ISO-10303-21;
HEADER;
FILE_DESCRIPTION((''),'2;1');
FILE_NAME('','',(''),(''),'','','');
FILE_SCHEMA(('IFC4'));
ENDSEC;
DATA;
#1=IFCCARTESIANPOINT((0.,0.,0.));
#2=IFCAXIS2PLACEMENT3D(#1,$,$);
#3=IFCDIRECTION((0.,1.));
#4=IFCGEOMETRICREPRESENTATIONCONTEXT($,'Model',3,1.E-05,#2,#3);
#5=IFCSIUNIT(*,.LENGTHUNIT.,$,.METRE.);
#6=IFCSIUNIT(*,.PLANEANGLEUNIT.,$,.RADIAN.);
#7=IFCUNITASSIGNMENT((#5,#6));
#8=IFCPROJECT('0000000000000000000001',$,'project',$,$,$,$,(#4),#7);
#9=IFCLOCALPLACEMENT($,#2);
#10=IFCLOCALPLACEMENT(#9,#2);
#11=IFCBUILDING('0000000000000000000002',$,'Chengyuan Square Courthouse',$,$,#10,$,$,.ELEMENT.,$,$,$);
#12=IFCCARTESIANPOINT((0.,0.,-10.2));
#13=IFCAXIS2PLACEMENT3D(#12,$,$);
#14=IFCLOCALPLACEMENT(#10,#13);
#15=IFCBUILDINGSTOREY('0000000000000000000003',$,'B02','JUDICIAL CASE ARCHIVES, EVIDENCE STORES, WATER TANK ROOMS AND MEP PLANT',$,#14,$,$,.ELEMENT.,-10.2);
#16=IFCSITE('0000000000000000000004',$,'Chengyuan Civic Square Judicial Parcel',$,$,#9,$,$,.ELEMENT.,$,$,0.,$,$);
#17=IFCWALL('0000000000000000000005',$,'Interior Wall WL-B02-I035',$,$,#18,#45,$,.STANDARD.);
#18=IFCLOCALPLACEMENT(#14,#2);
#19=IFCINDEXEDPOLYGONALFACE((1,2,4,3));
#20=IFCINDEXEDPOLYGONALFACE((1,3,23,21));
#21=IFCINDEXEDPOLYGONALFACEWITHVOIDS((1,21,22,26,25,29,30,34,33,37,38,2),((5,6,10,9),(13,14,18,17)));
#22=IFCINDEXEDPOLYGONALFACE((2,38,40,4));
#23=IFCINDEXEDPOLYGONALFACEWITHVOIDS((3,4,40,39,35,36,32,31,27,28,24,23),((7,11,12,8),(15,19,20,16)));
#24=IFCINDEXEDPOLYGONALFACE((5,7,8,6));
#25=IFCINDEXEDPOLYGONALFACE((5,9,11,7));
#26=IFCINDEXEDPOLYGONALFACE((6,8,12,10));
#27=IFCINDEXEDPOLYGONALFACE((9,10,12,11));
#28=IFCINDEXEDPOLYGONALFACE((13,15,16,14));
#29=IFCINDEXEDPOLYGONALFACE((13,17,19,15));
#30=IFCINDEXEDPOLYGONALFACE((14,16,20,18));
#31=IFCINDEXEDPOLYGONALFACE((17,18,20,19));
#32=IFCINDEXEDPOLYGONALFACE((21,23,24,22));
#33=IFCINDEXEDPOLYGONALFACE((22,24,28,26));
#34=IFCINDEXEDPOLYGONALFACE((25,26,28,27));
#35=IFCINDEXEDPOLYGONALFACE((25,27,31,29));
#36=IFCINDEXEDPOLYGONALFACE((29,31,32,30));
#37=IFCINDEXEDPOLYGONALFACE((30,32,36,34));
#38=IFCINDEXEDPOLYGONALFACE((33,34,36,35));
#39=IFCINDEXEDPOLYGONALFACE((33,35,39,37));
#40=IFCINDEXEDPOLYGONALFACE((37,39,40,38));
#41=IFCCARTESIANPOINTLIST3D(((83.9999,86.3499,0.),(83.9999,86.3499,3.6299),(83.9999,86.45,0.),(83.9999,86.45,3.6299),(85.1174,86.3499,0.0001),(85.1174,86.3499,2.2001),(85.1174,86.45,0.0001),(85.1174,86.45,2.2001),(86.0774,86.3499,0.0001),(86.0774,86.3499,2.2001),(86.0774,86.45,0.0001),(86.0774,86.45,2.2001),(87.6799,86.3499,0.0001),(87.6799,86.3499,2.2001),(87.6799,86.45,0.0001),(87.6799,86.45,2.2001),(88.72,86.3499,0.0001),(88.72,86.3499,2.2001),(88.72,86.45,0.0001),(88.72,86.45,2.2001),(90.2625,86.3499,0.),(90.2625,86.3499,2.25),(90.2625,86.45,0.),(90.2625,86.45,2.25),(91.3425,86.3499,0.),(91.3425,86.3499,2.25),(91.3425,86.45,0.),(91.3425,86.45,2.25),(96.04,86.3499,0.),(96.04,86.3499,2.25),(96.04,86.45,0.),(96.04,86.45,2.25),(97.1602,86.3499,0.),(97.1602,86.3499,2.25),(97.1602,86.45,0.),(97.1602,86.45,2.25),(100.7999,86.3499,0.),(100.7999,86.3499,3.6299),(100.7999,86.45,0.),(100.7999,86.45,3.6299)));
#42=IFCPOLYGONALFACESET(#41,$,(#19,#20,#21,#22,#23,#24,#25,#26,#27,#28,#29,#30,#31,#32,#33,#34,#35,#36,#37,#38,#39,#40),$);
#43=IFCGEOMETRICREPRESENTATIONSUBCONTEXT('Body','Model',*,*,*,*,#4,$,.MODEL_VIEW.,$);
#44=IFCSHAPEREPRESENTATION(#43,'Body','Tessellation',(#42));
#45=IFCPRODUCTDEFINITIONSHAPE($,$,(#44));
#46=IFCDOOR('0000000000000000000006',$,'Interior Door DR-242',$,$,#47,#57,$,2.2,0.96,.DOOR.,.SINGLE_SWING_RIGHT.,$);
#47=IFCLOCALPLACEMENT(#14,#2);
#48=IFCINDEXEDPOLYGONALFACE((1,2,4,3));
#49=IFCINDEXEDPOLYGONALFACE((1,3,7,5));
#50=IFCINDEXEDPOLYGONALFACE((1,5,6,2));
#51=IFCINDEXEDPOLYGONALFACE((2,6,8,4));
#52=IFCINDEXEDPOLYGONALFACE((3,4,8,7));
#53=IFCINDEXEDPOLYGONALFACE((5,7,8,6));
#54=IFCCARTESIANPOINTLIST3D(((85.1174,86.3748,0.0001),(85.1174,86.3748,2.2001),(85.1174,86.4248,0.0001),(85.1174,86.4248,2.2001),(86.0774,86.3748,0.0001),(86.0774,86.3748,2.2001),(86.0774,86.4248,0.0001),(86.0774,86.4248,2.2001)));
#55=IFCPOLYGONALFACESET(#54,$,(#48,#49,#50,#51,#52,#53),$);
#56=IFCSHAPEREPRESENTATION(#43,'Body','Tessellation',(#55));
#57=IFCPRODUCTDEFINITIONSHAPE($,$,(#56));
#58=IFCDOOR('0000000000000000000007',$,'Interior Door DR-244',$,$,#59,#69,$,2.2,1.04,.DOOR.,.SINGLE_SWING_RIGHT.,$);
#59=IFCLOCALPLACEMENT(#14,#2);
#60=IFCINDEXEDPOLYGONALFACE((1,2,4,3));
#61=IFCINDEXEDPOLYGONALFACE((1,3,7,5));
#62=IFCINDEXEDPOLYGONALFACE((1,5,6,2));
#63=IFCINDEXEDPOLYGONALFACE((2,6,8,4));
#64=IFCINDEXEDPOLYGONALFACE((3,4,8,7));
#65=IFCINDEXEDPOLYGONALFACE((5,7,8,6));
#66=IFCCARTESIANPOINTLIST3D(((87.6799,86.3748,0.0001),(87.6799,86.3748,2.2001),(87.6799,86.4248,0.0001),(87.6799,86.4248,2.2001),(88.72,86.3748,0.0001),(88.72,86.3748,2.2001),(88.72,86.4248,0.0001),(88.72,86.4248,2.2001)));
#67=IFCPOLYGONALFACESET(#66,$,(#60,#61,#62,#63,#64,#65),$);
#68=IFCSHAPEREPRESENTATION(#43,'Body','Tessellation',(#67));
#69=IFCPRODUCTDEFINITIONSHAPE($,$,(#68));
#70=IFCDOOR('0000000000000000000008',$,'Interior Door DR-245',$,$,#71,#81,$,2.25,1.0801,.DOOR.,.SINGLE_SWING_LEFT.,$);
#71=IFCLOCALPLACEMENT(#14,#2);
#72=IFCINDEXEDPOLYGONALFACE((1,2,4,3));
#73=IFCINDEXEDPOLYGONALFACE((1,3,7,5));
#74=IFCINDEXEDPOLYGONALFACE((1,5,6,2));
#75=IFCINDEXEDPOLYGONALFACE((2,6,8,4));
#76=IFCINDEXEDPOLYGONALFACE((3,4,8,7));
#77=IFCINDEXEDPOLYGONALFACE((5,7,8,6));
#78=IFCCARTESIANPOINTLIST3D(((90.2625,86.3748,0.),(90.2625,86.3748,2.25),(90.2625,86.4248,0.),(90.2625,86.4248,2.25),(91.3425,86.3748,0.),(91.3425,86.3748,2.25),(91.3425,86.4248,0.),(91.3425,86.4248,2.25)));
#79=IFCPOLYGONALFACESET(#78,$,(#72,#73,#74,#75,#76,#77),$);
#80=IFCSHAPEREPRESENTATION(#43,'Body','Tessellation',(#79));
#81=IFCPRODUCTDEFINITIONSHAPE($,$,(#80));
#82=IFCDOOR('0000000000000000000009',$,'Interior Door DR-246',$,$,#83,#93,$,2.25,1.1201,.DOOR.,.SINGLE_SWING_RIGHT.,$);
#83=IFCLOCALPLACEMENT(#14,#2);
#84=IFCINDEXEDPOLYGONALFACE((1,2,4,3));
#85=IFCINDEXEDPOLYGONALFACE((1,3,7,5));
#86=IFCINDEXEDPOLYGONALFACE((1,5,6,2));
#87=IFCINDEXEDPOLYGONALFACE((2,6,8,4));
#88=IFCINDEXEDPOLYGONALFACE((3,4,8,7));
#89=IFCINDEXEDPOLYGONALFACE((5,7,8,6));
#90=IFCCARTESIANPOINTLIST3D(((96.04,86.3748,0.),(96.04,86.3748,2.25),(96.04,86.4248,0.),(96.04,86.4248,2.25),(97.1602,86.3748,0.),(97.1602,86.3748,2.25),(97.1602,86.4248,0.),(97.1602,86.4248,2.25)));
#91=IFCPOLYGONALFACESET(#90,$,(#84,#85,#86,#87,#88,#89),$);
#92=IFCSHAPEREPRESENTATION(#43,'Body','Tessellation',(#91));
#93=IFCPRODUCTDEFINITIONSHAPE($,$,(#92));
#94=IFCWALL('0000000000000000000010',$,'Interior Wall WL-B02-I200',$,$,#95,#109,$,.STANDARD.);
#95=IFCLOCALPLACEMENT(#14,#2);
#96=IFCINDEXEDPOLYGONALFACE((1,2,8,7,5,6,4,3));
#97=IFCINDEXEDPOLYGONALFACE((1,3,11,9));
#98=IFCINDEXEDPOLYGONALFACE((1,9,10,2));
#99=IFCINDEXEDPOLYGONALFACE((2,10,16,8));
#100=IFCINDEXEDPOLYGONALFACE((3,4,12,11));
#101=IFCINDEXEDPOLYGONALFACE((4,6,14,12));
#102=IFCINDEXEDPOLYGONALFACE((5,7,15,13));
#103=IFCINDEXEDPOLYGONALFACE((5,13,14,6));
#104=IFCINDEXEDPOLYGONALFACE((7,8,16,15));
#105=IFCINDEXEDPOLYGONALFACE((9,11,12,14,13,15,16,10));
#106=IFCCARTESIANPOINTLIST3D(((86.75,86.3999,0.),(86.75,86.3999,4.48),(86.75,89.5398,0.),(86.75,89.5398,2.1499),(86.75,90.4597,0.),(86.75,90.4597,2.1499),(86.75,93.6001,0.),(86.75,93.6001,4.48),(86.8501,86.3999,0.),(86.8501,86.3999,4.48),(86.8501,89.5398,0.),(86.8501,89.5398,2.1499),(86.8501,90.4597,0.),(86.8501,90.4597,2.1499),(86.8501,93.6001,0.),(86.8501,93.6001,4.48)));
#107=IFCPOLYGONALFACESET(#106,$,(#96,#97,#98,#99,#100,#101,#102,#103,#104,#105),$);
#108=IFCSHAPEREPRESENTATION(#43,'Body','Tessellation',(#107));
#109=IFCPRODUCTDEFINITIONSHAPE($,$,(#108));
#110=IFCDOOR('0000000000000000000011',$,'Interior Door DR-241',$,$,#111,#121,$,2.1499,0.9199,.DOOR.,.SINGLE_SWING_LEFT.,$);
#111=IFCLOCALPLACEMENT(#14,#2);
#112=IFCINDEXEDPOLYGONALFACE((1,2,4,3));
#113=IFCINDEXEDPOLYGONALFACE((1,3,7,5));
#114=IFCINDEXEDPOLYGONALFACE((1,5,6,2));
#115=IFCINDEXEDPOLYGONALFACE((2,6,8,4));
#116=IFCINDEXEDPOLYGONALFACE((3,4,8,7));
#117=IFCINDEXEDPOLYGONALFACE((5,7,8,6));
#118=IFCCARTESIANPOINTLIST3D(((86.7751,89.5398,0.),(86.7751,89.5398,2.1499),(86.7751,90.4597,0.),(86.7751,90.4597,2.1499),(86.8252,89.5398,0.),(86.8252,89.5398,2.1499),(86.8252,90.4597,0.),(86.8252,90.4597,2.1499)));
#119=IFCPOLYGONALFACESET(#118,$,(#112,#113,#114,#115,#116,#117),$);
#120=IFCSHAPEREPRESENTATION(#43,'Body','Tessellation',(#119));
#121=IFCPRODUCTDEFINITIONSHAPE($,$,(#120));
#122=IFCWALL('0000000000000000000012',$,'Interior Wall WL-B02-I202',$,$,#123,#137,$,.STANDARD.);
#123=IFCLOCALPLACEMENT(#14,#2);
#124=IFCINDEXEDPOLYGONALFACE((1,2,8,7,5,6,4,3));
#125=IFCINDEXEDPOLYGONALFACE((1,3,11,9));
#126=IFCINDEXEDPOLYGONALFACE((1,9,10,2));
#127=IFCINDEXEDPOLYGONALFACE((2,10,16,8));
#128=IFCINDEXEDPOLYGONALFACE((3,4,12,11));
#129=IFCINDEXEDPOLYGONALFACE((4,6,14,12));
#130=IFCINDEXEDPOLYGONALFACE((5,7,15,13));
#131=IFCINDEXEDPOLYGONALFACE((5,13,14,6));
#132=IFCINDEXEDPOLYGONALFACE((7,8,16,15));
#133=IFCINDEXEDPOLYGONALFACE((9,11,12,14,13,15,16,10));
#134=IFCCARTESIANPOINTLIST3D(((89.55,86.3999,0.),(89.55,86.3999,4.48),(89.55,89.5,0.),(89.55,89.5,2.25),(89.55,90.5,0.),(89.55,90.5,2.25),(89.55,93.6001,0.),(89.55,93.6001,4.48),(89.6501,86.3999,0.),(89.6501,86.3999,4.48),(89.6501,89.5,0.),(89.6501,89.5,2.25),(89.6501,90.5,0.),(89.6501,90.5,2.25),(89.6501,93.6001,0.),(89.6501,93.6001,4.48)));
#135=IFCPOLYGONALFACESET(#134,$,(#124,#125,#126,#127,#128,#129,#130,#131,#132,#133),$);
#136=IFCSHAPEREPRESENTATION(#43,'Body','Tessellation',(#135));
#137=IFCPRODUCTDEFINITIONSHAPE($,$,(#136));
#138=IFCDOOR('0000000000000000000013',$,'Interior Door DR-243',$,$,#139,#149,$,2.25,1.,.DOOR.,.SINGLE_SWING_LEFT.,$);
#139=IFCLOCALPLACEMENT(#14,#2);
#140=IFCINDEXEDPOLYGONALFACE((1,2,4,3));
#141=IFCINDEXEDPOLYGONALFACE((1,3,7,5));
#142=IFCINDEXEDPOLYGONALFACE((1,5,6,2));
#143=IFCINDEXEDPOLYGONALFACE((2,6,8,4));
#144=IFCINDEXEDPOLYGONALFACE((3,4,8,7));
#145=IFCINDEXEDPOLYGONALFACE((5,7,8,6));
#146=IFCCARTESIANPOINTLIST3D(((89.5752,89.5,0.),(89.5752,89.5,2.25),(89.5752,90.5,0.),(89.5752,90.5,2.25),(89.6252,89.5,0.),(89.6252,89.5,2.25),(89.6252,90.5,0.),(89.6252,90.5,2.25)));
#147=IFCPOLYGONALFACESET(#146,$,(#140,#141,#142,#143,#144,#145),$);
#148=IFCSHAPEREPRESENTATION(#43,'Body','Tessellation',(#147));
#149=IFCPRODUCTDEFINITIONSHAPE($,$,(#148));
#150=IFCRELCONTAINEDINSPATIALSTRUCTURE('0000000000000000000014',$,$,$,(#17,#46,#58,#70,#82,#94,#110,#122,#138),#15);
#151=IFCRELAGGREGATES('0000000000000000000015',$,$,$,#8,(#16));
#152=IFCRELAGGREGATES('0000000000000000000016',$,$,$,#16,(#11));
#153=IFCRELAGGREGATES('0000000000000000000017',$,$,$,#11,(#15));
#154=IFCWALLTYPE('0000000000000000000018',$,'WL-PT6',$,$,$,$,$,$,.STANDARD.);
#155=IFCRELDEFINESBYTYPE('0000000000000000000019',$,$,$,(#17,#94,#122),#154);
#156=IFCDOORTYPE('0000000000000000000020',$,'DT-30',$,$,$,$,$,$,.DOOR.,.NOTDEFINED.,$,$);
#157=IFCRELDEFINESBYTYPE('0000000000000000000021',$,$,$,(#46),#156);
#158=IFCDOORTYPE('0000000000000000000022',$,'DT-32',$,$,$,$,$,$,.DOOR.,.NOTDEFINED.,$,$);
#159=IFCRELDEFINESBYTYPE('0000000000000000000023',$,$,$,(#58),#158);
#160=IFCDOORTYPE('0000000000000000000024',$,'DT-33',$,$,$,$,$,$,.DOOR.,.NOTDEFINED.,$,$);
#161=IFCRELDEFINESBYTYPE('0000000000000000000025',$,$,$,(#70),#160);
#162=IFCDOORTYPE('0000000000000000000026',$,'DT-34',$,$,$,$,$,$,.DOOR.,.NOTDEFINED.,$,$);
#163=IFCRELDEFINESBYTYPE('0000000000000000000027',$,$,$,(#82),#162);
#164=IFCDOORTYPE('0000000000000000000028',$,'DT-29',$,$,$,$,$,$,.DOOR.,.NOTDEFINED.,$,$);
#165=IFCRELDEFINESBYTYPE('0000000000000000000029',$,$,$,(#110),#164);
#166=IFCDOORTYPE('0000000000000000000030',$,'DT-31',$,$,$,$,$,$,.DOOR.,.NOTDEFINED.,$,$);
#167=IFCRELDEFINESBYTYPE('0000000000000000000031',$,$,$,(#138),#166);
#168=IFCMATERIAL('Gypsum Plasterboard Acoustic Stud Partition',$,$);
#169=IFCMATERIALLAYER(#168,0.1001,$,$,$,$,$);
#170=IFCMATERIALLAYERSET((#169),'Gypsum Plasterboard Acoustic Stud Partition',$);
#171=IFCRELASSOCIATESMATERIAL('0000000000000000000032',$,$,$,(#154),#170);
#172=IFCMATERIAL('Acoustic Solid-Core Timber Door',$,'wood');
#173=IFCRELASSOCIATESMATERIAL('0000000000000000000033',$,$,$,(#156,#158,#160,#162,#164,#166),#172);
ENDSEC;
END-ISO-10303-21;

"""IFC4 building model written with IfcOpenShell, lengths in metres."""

from ifc_helpers import new_model, si_unit, direction, frame, frame_2d, origin, place, context, subcontext, project, spatial, rectangle, extrude, material, layer, layer_set, type_object, element, fill, save


model = new_model("IFC4")

# Units and contexts
model_context = context("Model", 3, precision=1e-05, world=origin(), true_north=direction((0.0, 1.0)))
body_context = subcontext(model_context, "Body", "Model", "MODEL_VIEW")
ifc_project = project(units=[si_unit("LENGTHUNIT", "METRE"), si_unit("PLANEANGLEUNIT", "RADIAN")], contexts=[model_context])

# Site, building, storey
site_placement = place(None, origin())
site = spatial("IfcSite", under=ifc_project, at=site_placement, Name="Chengyuan Civic Square Judicial Parcel", CompositionType="ELEMENT", RefElevation=0.0)
building_placement = place(site_placement, origin())
building = spatial("IfcBuilding", under=site, at=building_placement, Name="Chengyuan Square Courthouse", CompositionType="ELEMENT")
storey_placement = place(building_placement, frame((0.0, 0.0, -10.2)))
storey = spatial("IfcBuildingStorey", under=building, at=storey_placement, Name="B02", Description="JUDICIAL CASE ARCHIVES, EVIDENCE STORES, WATER TANK ROOMS AND MEP PLANT", CompositionType="ELEMENT", Elevation=-10.2)

# Wall, openings, doors
ifc_material_1 = material(Name="Gypsum Plasterboard Acoustic Stud Partition")
ifc_layer = layer(ifc_material_1, 0.1001)
ifc_layer_set = layer_set([ifc_layer], Name="Gypsum Plasterboard Acoustic Stud Partition")
wall_type = type_object("IfcWallType", Name="WL-PT6", PredefinedType="STANDARD", material=ifc_layer_set)
wall_1_placement = place(storey_placement, frame((84.0, 86.3999, 0.0), z_axis=(0.0, 0.0, 1.0), x_axis=(1.0, 0.0, 0.0)))
wall_1 = element("IfcWall", 1, at=wall_1_placement, inside=storey, type_object=wall_type, Name="Interior Wall WL-B02-I035", PredefinedType="STANDARD", context=body_context, shape_type="SweptSolid", body=[
    extrude(rectangle(XDim=16.8, YDim=0.1001, at=frame_2d((8.3999, 0.0))), origin(), (0.0, 0.0, 1.0), 3.6299),
])
opening_1_placement = place(wall_1_placement, frame((1.1174, 0.0, 0.0)))
opening_1 = element("IfcOpeningElement", 2, at=opening_1_placement, cuts=wall_1, PredefinedType="OPENING", context=body_context, shape_type="SweptSolid", body=[
    extrude(rectangle(XDim=0.96, YDim=2.2, at=frame_2d((0.48, 1.1001))), frame((0.0, 0.062, 0.0), z_axis=(0.0, -1.0, 0.0), x_axis=(1.0, 0.0, 0.0)), (0.0, 0.0, 1.0), 0.124),
])
opening_2_placement = place(wall_1_placement, frame((3.6799, 0.0, 0.0)))
opening_2 = element("IfcOpeningElement", 3, at=opening_2_placement, cuts=wall_1, PredefinedType="OPENING", context=body_context, shape_type="SweptSolid", body=[
    extrude(rectangle(XDim=1.04, YDim=2.2, at=frame_2d((0.52, 1.1001))), frame((0.0, 0.062, 0.0), z_axis=(0.0, -1.0, 0.0), x_axis=(1.0, 0.0, 0.0)), (0.0, 0.0, 1.0), 0.124),
])
opening_3_placement = place(wall_1_placement, frame((6.2625, 0.0, 0.0)))
opening_3 = element("IfcOpeningElement", 4, at=opening_3_placement, cuts=wall_1, PredefinedType="OPENING", context=body_context, shape_type="SweptSolid", body=[
    extrude(rectangle(XDim=1.0801, YDim=2.25, at=frame_2d((0.54, 1.125))), frame((0.0, 0.062, 0.0), z_axis=(0.0, -1.0, 0.0), x_axis=(1.0, 0.0, 0.0)), (0.0, 0.0, 1.0), 0.124),
])
opening_4_placement = place(wall_1_placement, frame((12.04, 0.0, 0.0)))
opening_4 = element("IfcOpeningElement", 5, at=opening_4_placement, cuts=wall_1, PredefinedType="OPENING", context=body_context, shape_type="SweptSolid", body=[
    extrude(rectangle(XDim=1.1201, YDim=2.25, at=frame_2d((0.5601, 1.125))), frame((0.0, 0.062, 0.0), z_axis=(0.0, -1.0, 0.0), x_axis=(1.0, 0.0, 0.0)), (0.0, 0.0, 1.0), 0.124),
])
ifc_material_2 = material(Name="Acoustic Solid-Core Timber Door", Category="wood")
door_type_1 = type_object("IfcDoorType", Name="DT-30", OperationType="NOTDEFINED", PredefinedType="DOOR", material=ifc_material_2)
door_1_placement = place(opening_1_placement, origin())
door_1 = element("IfcDoor", 6, at=door_1_placement, inside=storey, type_object=door_type_1, Name="Interior Door DR-242", OperationType="SINGLE_SWING_RIGHT", OverallHeight=2.2, OverallWidth=0.96, PredefinedType="DOOR", context=body_context, shape_type="SweptSolid", body=[
    extrude(rectangle(XDim=0.96, YDim=2.2, at=frame_2d((0.48, 1.1001))), frame((0.0, 0.0249, 0.0), z_axis=(0.0, -1.0, 0.0), x_axis=(1.0, 0.0, 0.0)), (0.0, 0.0, 1.0), 0.05),
])
fill(opening_1, door_1)
door_type_2 = type_object("IfcDoorType", Name="DT-32", OperationType="NOTDEFINED", PredefinedType="DOOR", material=ifc_material_2)
door_2_placement = place(opening_2_placement, origin())
door_2 = element("IfcDoor", 7, at=door_2_placement, inside=storey, type_object=door_type_2, Name="Interior Door DR-244", OperationType="SINGLE_SWING_RIGHT", OverallHeight=2.2, OverallWidth=1.04, PredefinedType="DOOR", context=body_context, shape_type="SweptSolid", body=[
    extrude(rectangle(XDim=1.04, YDim=2.2, at=frame_2d((0.52, 1.1001))), frame((0.0, 0.0249, 0.0), z_axis=(0.0, -1.0, 0.0), x_axis=(1.0, 0.0, 0.0)), (0.0, 0.0, 1.0), 0.05),
])
fill(opening_2, door_2)
door_type_3 = type_object("IfcDoorType", Name="DT-33", OperationType="NOTDEFINED", PredefinedType="DOOR", material=ifc_material_2)
door_3_placement = place(opening_3_placement, origin())
door_3 = element("IfcDoor", 8, at=door_3_placement, inside=storey, type_object=door_type_3, Name="Interior Door DR-245", OperationType="SINGLE_SWING_LEFT", OverallHeight=2.25, OverallWidth=1.0801, PredefinedType="DOOR", context=body_context, shape_type="SweptSolid", body=[
    extrude(rectangle(XDim=1.0801, YDim=2.25, at=frame_2d((0.54, 1.125))), frame((0.0, 0.0249, 0.0), z_axis=(0.0, -1.0, 0.0), x_axis=(1.0, 0.0, 0.0)), (0.0, 0.0, 1.0), 0.05),
])
fill(opening_3, door_3)
door_type_4 = type_object("IfcDoorType", Name="DT-34", OperationType="NOTDEFINED", PredefinedType="DOOR", material=ifc_material_2)
door_4_placement = place(opening_4_placement, origin())
door_4 = element("IfcDoor", 9, at=door_4_placement, inside=storey, type_object=door_type_4, Name="Interior Door DR-246", OperationType="SINGLE_SWING_RIGHT", OverallHeight=2.25, OverallWidth=1.1201, PredefinedType="DOOR", context=body_context, shape_type="SweptSolid", body=[
    extrude(rectangle(XDim=1.1201, YDim=2.25, at=frame_2d((0.5601, 1.125))), frame((0.0, 0.0249, 0.0), z_axis=(0.0, -1.0, 0.0), x_axis=(1.0, 0.0, 0.0)), (0.0, 0.0, 1.0), 0.05),
])
fill(opening_4, door_4)

# Walls, openings, doors
wall_2_placement = place(storey_placement, frame((86.8, 86.3999, 0.0), z_axis=(0.0, 0.0, 1.0), x_axis=(0.0, 1.0, 0.0)))
wall_2 = element("IfcWall", 10, at=wall_2_placement, inside=storey, type_object=wall_type, Name="Interior Wall WL-B02-I200", PredefinedType="STANDARD", context=body_context, shape_type="SweptSolid", body=[
    extrude(rectangle(XDim=7.2002, YDim=0.1001, at=frame_2d((3.6001, 0.0))), origin(), (0.0, 0.0, 1.0), 4.48),
])
opening_5_placement = place(wall_2_placement, frame((3.1399, 0.0, 0.0)))
opening_5 = element("IfcOpeningElement", 11, at=opening_5_placement, cuts=wall_2, PredefinedType="OPENING", context=body_context, shape_type="SweptSolid", body=[
    extrude(rectangle(XDim=0.9199, YDim=2.1499, at=frame_2d((0.46, 1.075))), frame((0.0, 0.062, 0.0), z_axis=(0.0, -1.0, 0.0), x_axis=(1.0, 0.0, 0.0)), (0.0, 0.0, 1.0), 0.124),
])
door_type_5 = type_object("IfcDoorType", Name="DT-29", OperationType="NOTDEFINED", PredefinedType="DOOR", material=ifc_material_2)
door_5_placement = place(opening_5_placement, origin())
door_5 = element("IfcDoor", 12, at=door_5_placement, inside=storey, type_object=door_type_5, Name="Interior Door DR-241", OperationType="SINGLE_SWING_LEFT", OverallHeight=2.1499, OverallWidth=0.9199, PredefinedType="DOOR", context=body_context, shape_type="SweptSolid", body=[
    extrude(rectangle(XDim=0.9199, YDim=2.1499, at=frame_2d((0.46, 1.075))), frame((0.0, 0.0249, 0.0), z_axis=(0.0, -1.0, 0.0), x_axis=(1.0, 0.0, 0.0)), (0.0, 0.0, 1.0), 0.05),
])
fill(opening_5, door_5)
wall_3_placement = place(storey_placement, frame((89.6001, 86.3999, 0.0), z_axis=(0.0, 0.0, 1.0), x_axis=(0.0, 1.0, 0.0)))
wall_3 = element("IfcWall", 13, at=wall_3_placement, inside=storey, type_object=wall_type, Name="Interior Wall WL-B02-I202", PredefinedType="STANDARD", context=body_context, shape_type="SweptSolid", body=[
    extrude(rectangle(XDim=7.2002, YDim=0.1001, at=frame_2d((3.6001, 0.0))), origin(), (0.0, 0.0, 1.0), 4.48),
])
opening_6_placement = place(wall_3_placement, frame((3.1001, 0.0, 0.0)))
opening_6 = element("IfcOpeningElement", 14, at=opening_6_placement, cuts=wall_3, PredefinedType="OPENING", context=body_context, shape_type="SweptSolid", body=[
    extrude(rectangle(XDim=1.0, YDim=2.25, at=frame_2d((0.5, 1.125))), frame((0.0, 0.062, 0.0), z_axis=(0.0, -1.0, 0.0), x_axis=(1.0, 0.0, 0.0)), (0.0, 0.0, 1.0), 0.124),
])
door_type_6 = type_object("IfcDoorType", Name="DT-31", OperationType="NOTDEFINED", PredefinedType="DOOR", material=ifc_material_2)
door_6_placement = place(opening_6_placement, origin())
door_6 = element("IfcDoor", 15, at=door_6_placement, inside=storey, type_object=door_type_6, Name="Interior Door DR-243", OperationType="SINGLE_SWING_LEFT", OverallHeight=2.25, OverallWidth=1.0, PredefinedType="DOOR", context=body_context, shape_type="SweptSolid", body=[
    extrude(rectangle(XDim=1.0, YDim=2.25, at=frame_2d((0.5, 1.125))), frame((0.0, 0.0249, 0.0), z_axis=(0.0, -1.0, 0.0), x_axis=(1.0, 0.0, 0.0)), (0.0, 0.0, 1.0), 0.05),
])
fill(opening_6, door_6)

save(model, "model.ifc")
